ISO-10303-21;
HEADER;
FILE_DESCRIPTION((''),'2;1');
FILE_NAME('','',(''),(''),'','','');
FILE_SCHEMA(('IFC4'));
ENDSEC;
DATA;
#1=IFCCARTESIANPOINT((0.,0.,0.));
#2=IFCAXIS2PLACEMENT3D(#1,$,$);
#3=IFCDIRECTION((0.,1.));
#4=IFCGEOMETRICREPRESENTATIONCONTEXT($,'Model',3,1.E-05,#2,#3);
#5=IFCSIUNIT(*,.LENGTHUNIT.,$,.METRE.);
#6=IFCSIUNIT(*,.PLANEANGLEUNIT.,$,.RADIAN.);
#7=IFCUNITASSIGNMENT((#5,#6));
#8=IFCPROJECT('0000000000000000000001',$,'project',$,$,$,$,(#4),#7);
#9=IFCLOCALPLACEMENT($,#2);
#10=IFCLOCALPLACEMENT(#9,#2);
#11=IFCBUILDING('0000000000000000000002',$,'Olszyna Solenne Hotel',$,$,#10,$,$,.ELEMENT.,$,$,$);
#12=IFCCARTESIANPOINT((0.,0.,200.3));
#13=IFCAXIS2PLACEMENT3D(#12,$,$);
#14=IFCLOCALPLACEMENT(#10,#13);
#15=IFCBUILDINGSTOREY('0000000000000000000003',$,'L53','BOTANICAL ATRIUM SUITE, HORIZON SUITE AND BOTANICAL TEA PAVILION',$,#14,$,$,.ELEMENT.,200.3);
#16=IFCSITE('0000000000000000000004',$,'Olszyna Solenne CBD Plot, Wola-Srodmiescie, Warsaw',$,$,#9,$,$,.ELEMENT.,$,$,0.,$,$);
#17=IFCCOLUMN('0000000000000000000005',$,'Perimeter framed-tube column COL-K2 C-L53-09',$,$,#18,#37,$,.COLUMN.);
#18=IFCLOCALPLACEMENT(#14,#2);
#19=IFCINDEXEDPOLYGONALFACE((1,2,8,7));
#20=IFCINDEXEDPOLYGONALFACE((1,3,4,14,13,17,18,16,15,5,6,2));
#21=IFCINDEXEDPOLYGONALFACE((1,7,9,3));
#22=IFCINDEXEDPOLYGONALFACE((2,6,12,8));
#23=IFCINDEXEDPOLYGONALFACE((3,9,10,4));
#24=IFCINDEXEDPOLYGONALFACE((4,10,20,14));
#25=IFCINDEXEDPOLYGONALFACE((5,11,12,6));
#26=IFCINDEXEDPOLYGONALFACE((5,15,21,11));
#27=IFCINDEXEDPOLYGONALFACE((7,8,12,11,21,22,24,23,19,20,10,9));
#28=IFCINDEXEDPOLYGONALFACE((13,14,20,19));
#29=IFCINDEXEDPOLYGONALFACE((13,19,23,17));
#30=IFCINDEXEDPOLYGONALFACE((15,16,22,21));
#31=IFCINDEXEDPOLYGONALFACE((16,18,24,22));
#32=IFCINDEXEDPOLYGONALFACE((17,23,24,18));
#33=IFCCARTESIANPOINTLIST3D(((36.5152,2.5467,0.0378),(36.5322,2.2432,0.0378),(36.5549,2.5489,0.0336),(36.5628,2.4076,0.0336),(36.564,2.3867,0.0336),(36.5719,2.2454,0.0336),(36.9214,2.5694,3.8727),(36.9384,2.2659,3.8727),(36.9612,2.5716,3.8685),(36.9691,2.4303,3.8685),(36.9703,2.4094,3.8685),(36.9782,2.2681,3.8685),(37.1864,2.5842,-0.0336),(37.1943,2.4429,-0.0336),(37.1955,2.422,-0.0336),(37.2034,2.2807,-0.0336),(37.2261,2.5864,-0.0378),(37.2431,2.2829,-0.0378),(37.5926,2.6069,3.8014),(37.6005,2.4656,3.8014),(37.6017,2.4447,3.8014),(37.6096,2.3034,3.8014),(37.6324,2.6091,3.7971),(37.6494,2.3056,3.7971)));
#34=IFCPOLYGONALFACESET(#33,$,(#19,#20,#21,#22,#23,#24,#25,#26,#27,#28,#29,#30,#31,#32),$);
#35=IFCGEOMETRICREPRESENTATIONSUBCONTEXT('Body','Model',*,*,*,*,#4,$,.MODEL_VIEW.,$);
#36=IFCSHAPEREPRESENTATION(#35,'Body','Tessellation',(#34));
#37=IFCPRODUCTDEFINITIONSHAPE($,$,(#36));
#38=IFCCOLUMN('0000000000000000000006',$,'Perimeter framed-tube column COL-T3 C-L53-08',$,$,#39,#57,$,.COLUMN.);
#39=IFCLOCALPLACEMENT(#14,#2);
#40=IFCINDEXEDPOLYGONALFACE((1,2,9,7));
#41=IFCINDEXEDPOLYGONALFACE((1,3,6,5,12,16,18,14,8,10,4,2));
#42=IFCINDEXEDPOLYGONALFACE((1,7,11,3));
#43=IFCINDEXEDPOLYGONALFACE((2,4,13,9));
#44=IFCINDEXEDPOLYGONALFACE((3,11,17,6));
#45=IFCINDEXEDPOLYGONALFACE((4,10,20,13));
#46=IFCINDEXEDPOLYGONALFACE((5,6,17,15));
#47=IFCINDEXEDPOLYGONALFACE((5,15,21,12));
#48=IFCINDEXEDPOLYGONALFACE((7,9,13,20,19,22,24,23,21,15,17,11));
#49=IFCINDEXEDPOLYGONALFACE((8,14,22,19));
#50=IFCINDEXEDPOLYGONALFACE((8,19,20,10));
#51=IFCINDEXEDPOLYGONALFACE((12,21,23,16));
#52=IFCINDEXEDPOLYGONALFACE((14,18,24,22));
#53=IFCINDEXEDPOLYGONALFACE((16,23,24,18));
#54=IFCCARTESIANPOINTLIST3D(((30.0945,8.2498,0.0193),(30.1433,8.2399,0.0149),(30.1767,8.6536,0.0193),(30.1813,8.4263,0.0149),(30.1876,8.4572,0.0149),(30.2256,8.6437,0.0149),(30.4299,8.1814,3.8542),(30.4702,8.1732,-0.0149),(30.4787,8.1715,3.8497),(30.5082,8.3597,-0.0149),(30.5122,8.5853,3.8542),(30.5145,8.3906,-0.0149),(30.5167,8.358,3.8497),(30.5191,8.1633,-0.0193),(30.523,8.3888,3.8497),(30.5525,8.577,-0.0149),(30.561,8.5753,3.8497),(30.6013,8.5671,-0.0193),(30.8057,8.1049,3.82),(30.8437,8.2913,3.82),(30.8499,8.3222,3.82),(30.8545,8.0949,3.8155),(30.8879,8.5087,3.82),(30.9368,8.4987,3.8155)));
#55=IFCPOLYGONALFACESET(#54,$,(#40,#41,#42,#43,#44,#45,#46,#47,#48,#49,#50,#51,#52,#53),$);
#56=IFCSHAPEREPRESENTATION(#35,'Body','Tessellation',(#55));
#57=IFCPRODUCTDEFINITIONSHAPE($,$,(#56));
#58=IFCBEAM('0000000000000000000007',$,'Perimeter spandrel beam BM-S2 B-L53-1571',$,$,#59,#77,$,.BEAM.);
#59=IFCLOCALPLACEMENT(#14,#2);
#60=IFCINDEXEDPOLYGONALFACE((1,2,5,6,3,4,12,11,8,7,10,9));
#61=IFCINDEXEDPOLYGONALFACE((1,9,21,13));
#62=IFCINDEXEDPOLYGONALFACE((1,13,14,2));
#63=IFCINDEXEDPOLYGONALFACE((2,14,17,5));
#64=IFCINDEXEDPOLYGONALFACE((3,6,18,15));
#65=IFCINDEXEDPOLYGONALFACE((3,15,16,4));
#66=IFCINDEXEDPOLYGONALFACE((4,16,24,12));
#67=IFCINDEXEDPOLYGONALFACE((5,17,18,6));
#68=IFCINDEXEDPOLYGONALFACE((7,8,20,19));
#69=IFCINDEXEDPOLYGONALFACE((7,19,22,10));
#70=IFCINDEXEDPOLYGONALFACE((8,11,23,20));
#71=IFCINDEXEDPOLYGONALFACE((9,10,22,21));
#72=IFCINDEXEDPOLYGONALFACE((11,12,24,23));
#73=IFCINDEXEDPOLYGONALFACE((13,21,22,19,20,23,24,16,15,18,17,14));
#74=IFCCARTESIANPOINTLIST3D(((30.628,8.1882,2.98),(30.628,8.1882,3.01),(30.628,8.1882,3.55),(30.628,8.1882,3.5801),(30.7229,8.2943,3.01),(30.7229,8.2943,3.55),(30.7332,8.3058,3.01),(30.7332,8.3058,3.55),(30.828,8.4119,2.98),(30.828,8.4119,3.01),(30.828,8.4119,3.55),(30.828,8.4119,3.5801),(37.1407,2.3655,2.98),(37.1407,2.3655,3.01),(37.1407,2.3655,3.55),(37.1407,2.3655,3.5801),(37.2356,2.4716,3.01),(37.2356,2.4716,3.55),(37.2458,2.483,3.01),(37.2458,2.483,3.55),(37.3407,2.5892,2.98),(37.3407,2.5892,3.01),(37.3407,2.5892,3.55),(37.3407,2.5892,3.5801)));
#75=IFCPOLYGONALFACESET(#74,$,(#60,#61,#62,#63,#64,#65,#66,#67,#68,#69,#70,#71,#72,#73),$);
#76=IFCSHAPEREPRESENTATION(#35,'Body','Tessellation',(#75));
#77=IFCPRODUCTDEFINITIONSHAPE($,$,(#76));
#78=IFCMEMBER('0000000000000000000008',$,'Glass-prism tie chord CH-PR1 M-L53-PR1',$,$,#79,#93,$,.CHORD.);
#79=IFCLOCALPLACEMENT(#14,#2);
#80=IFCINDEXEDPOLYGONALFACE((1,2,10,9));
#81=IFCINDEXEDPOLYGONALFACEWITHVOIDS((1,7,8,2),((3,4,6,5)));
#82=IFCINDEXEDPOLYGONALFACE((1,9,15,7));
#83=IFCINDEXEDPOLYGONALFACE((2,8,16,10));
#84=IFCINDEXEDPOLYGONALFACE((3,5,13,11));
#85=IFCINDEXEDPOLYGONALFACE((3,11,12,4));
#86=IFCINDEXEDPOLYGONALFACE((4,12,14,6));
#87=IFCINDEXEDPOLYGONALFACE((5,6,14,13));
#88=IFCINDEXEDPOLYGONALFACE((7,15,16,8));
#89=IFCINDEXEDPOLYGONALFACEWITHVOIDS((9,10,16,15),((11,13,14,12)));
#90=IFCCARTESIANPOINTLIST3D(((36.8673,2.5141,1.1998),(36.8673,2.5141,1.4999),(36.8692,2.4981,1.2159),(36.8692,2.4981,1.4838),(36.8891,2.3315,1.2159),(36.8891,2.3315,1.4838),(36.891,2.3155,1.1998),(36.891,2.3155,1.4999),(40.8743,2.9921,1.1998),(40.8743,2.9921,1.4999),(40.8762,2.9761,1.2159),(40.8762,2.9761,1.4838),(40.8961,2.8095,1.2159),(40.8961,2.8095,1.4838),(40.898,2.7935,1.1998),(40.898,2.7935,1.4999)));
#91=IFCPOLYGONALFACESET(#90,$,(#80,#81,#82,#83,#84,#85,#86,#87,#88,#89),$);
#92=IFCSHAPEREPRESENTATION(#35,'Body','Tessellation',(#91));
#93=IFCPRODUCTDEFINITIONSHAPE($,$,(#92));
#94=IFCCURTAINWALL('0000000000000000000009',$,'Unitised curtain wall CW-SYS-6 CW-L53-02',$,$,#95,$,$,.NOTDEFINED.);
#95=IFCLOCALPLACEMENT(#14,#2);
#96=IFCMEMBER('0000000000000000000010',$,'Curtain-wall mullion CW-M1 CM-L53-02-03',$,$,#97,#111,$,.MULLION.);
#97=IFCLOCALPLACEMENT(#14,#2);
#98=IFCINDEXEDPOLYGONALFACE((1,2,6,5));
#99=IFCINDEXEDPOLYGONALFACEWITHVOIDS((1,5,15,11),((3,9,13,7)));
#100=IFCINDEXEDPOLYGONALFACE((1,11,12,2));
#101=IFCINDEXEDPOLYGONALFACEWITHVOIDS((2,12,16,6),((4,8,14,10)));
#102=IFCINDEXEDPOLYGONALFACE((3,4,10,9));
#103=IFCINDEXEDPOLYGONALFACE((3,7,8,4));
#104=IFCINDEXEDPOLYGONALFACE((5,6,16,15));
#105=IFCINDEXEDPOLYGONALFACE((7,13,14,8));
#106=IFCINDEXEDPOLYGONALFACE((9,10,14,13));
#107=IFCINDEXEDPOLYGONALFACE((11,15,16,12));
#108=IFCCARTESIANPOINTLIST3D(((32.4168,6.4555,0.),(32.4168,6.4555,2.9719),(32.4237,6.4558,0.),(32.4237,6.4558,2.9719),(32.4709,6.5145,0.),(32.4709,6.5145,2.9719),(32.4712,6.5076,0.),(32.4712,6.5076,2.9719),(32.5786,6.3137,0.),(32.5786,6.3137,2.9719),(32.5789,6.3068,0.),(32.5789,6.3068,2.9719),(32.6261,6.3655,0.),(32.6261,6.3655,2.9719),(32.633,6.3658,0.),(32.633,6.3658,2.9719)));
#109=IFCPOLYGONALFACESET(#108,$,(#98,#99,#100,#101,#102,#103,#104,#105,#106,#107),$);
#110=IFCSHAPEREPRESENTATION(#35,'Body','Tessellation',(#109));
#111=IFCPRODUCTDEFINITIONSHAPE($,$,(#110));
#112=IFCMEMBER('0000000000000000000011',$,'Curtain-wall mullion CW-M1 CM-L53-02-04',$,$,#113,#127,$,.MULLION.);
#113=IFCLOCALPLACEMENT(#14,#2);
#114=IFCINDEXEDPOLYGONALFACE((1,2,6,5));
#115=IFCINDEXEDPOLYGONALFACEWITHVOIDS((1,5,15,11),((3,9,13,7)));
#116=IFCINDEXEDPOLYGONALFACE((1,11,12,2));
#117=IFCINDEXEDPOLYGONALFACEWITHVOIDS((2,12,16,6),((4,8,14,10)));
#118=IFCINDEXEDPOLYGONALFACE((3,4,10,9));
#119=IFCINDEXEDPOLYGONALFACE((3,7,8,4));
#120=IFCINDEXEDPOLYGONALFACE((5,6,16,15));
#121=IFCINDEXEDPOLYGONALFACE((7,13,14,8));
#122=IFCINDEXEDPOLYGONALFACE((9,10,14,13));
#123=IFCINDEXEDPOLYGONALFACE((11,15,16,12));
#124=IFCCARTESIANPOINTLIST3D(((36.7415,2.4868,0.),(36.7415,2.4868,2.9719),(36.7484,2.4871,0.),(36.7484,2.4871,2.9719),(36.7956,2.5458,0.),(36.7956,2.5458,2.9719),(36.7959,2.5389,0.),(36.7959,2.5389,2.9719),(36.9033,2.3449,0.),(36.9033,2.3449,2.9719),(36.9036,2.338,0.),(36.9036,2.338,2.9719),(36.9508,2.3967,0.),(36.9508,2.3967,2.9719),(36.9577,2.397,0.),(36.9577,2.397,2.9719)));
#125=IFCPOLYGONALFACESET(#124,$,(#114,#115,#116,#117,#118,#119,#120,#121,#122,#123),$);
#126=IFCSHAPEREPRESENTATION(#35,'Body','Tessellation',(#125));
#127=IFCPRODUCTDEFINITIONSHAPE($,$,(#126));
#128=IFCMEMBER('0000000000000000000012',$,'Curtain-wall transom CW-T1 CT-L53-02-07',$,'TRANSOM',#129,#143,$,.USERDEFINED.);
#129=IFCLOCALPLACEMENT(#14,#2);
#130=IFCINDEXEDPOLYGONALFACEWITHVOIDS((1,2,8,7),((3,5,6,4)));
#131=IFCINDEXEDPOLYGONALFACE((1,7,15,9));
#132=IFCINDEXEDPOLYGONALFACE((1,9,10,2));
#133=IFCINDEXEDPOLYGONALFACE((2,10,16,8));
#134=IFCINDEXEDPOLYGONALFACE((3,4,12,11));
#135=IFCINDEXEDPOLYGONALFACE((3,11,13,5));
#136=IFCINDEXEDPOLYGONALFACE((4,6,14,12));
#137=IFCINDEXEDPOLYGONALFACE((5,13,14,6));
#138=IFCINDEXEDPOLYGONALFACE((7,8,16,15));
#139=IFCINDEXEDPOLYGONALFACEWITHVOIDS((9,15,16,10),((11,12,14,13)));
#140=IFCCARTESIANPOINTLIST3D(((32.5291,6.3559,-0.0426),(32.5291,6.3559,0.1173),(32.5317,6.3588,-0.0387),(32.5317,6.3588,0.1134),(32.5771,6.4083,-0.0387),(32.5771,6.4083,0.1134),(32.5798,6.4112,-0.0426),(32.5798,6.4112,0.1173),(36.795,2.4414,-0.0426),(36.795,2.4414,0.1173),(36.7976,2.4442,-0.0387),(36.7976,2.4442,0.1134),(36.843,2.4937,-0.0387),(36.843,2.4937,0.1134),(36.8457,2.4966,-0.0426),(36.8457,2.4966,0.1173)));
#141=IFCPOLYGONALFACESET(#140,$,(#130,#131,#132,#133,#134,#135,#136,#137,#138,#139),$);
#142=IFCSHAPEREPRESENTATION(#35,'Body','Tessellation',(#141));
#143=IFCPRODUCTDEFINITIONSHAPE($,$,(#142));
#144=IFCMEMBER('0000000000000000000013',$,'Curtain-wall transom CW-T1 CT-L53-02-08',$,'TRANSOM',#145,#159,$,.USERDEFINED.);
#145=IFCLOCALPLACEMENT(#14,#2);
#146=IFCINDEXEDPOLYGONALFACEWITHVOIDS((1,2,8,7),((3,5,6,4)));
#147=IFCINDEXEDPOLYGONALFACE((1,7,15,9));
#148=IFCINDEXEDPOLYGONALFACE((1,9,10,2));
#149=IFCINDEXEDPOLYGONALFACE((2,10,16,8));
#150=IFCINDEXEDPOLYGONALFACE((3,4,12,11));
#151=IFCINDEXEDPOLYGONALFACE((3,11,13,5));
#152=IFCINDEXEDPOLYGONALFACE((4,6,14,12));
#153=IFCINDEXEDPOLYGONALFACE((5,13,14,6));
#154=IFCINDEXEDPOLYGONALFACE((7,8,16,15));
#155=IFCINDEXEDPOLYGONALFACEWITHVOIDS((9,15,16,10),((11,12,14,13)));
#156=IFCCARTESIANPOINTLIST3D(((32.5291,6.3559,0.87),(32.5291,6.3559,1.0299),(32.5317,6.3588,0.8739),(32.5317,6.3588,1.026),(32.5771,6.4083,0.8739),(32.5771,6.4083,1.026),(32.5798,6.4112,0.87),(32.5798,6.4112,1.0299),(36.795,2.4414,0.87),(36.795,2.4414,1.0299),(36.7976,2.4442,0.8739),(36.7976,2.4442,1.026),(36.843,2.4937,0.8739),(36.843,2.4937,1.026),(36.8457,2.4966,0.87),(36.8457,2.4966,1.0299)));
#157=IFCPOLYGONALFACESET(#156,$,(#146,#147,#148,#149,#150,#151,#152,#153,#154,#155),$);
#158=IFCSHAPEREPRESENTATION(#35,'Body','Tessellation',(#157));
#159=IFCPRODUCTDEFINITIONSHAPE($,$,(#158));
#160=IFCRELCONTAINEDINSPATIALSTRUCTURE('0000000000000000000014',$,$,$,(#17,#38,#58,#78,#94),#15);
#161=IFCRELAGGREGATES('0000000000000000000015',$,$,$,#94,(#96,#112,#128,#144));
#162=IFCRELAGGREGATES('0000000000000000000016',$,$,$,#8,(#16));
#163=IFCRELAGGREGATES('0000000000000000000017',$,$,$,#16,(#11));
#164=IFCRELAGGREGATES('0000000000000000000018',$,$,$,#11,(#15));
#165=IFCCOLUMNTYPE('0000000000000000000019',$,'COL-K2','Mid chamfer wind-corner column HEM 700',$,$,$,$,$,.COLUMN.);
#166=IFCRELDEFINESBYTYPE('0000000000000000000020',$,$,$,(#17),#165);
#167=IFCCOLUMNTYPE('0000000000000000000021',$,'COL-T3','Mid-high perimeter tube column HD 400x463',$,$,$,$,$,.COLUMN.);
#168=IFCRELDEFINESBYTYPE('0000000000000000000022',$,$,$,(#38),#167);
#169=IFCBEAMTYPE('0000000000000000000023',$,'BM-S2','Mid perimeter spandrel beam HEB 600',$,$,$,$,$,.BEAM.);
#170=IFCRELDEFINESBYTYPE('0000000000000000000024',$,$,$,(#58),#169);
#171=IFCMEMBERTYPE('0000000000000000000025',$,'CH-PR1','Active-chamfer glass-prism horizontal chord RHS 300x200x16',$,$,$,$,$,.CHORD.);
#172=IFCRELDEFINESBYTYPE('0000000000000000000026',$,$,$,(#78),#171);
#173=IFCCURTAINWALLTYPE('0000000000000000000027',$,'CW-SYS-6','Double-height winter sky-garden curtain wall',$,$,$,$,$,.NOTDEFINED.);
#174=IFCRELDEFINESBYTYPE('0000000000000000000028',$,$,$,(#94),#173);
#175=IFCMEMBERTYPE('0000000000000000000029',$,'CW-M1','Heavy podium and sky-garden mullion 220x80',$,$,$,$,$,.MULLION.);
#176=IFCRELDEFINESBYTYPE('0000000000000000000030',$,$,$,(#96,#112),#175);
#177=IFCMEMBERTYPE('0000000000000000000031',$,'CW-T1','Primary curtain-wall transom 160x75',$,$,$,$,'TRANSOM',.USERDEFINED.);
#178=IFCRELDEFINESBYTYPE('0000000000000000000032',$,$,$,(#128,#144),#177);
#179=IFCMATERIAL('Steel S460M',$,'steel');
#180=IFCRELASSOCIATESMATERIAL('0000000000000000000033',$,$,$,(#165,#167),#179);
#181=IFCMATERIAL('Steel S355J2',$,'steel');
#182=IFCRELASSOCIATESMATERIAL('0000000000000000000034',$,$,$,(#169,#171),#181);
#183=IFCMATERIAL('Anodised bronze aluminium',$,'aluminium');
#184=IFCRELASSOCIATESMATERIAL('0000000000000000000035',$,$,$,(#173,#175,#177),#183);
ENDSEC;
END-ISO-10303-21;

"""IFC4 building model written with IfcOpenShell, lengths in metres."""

from ifc_helpers import new_model, si_unit, direction, frame, origin, origin_2d, place, context, subcontext, project, spatial, hollow_rectangle, i_section, extrude, source, transform, mapped, material, material_profile, profile_set, type_object, element, aggregate, save


model = new_model("IFC4")

# Units and contexts
model_context = context("Model", 3, precision=1e-05, world=origin(), true_north=direction((0.0, 1.0)))
body_context = subcontext(model_context, "Body", "Model", "MODEL_VIEW")
ifc_project = project(units=[si_unit("LENGTHUNIT", "METRE"), si_unit("PLANEANGLEUNIT", "RADIAN")], contexts=[model_context])

# Site, building, storey
site_placement = place(None, origin())
site = spatial("IfcSite", under=ifc_project, at=site_placement, Name="Olszyna Solenne CBD Plot, Wola-Srodmiescie, Warsaw", CompositionType="ELEMENT", RefElevation=0.0)
building_placement = place(site_placement, origin())
building = spatial("IfcBuilding", under=site, at=building_placement, Name="Olszyna Solenne Hotel", CompositionType="ELEMENT")
storey_placement = place(building_placement, frame((0.0, 0.0, 200.3)))
storey = spatial("IfcBuildingStorey", under=building, at=storey_placement, Name="L53", Description="BOTANICAL ATRIUM SUITE, HORIZON SUITE AND BOTANICAL TEA PAVILION", CompositionType="ELEMENT", Elevation=200.3)

# Columns
ifc_material_1 = material(Name="Steel S460M", Category="steel")
ifc_material_profile_1 = material_profile(ifc_material_1, i_section(OverallWidth=0.304, OverallDepth=0.7161, WebThickness=0.021, FlangeThickness=0.04, at=origin_2d()), Name="HEM 700", Category="load-bearing")
ifc_profile_set_1 = profile_set([ifc_material_profile_1], Name="Steel S460M")
column_type_1 = type_object("IfcColumnType", Name="COL-K2", Description="Mid chamfer wind-corner column HEM 700", PredefinedType="COLUMN", material=ifc_profile_set_1)
shared_shape_1 = source(origin(), body_context, "Body", "SweptSolid", [
    extrude(i_section(OverallWidth=0.304, OverallDepth=0.7161, WebThickness=0.021, FlangeThickness=0.04, at=origin_2d()), origin(), (0.0, 0.0, 1.0), 3.8564),
])
column_1_placement = place(storey_placement, frame((36.8792, 2.4148, 0.0), z_axis=(0.105342, 0.005888, 0.994419), x_axis=(-0.055802, 0.998442, 0.0)))
element("IfcColumn", 1, at=column_1_placement, inside=storey, type_object=column_type_1, Name="Perimeter framed-tube column COL-K2 C-L53-09", PredefinedType="COLUMN", context=body_context, shape_type="MappedRepresentation", body=[
    mapped(shared_shape_1, transform((0.0, 0.0, 0.0), x_axis=(1.0, 0.0, 0.0), y_axis=(0.0, 1.0, 0.0), z_axis=(0.0, 0.0, 1.0), scale=1.0)),
])
ifc_material_profile_2 = material_profile(ifc_material_1, i_section(OverallWidth=0.4121, OverallDepth=0.4351, WebThickness=0.0315, FlangeThickness=0.05, at=origin_2d()), Name="HD 400x463", Category="load-bearing")
ifc_profile_set_2 = profile_set([ifc_material_profile_2], Name="Steel S460M")
column_type_2 = type_object("IfcColumnType", Name="COL-T3", Description="Mid-high perimeter tube column HD 400x463", PredefinedType="COLUMN", material=ifc_profile_set_2)
shared_shape_2 = source(origin(), body_context, "Body", "SweptSolid", [
    extrude(i_section(OverallWidth=0.4121, OverallDepth=0.4351, WebThickness=0.0315, FlangeThickness=0.05, at=origin_2d()), origin(), (0.0, 0.0, 1.0), 3.8501),
])
column_2_placement = place(storey_placement, frame((30.3479, 8.4084, 0.0), z_axis=(0.087125, -0.017755, 0.996039), x_axis=(0.199681, 0.979861, 0.0)))
element("IfcColumn", 2, at=column_2_placement, inside=storey, type_object=column_type_2, Name="Perimeter framed-tube column COL-T3 C-L53-08", PredefinedType="COLUMN", context=body_context, shape_type="MappedRepresentation", body=[
    mapped(shared_shape_2, transform((0.0, 0.0, 0.0), x_axis=(1.0, 0.0, 0.0), y_axis=(0.0, 1.0, 0.0), z_axis=(0.0, 0.0, 1.0), scale=1.0)),
])

# Beam
ifc_material_2 = material(Name="Steel S355J2", Category="steel")
ifc_material_profile_3 = material_profile(ifc_material_2, i_section(OverallWidth=0.3, OverallDepth=0.6001, WebThickness=0.0154, FlangeThickness=0.03, at=origin_2d()), Name="HEB 600", Category="load-bearing")
ifc_profile_set_3 = profile_set([ifc_material_profile_3], Name="Steel S355J2")
beam_type = type_object("IfcBeamType", Name="BM-S2", Description="Mid perimeter spandrel beam HEB 600", PredefinedType="BEAM", material=ifc_profile_set_3)
shared_shape_3 = source(origin(), body_context, "Body", "SweptSolid", [
    extrude(i_section(OverallWidth=0.3, OverallDepth=0.6001, WebThickness=0.0154, FlangeThickness=0.03, at=origin_2d()), origin(), (0.0, 0.0, 1.0), 8.7361),
])
beam_placement = place(storey_placement, frame((30.728, 8.3, 3.28), z_axis=(0.745491, -0.666515, 0.0), x_axis=(0.666515, 0.745491, 0.0)))
element("IfcBeam", 3, at=beam_placement, inside=storey, type_object=beam_type, Name="Perimeter spandrel beam BM-S2 B-L53-1571", PredefinedType="BEAM", context=body_context, shape_type="MappedRepresentation", body=[
    mapped(shared_shape_3, transform((0.0, 0.0, 0.0), x_axis=(1.0, 0.0, 0.0), y_axis=(0.0, 1.0, 0.0), z_axis=(0.0, 0.0, 1.0), scale=1.0)),
])

# Member
ifc_material_profile_4 = material_profile(ifc_material_2, hollow_rectangle(XDim=0.2, YDim=0.3, WallThickness=0.0161, at=origin_2d()), Name="RHS 300x200x16", Category="load-bearing")
ifc_profile_set_4 = profile_set([ifc_material_profile_4], Name="Steel S355J2")
member_type_1 = type_object("IfcMemberType", Name="CH-PR1", Description="Active-chamfer glass-prism horizontal chord RHS 300x200x16", PredefinedType="CHORD", material=ifc_profile_set_4)
shared_shape_4 = source(origin(), body_context, "Body", "SweptSolid", [
    extrude(hollow_rectangle(XDim=0.2, YDim=0.3, WallThickness=0.0161, at=origin_2d()), origin(), (0.0, 0.0, 1.0), 4.0354),
])
member_1_placement = place(storey_placement, frame((36.8792, 2.4148, 1.3499), z_axis=(0.992959, 0.118456, 0.0), x_axis=(-0.118456, 0.992959, 0.0)))
element("IfcMember", 4, at=member_1_placement, inside=storey, type_object=member_type_1, Name="Glass-prism tie chord CH-PR1 M-L53-PR1", PredefinedType="CHORD", context=body_context, shape_type="MappedRepresentation", body=[
    mapped(shared_shape_4, transform((0.0, 0.0, 0.0), x_axis=(1.0, 0.0, 0.0), y_axis=(0.0, 1.0, 0.0), z_axis=(0.0, 0.0, 1.0), scale=1.0)),
])

# Curtain wall, members
ifc_material_3 = material(Name="Anodised bronze aluminium", Category="aluminium")
curtain_wall_type = type_object("IfcCurtainWallType", Name="CW-SYS-6", Description="Double-height winter sky-garden curtain wall", PredefinedType="NOTDEFINED", material=ifc_material_3)
curtain_wall_placement = place(storey_placement, origin())
curtain_wall = element("IfcCurtainWall", 5, at=curtain_wall_placement, inside=storey, type_object=curtain_wall_type, Name="Unitised curtain wall CW-SYS-6 CW-L53-02", PredefinedType="NOTDEFINED")
ifc_material_profile_5 = material_profile(ifc_material_3, hollow_rectangle(XDim=0.0801, YDim=0.22, WallThickness=0.0049, at=origin_2d()), Name="MULL 220x80x5", Category="load-bearing")
ifc_profile_set_5 = profile_set([ifc_material_profile_5], Name="Anodised bronze aluminium")
member_type_2 = type_object("IfcMemberType", Name="CW-M1", Description="Heavy podium and sky-garden mullion 220x80", PredefinedType="MULLION", material=ifc_profile_set_5)
shared_shape_5 = source(origin(), body_context, "Body", "SweptSolid", [
    extrude(hollow_rectangle(XDim=0.0801, YDim=0.22, WallThickness=0.0049, at=origin_2d()), origin(), (0.0, 0.0, 1.0), 2.9719),
])
member_2_placement = place(storey_placement, frame((32.5249, 6.4106, 0.0), z_axis=(0.0, 0.0, 1.0), x_axis=(0.676128, 0.736784, 0.0)))
member_2 = element("IfcMember", 6, at=member_2_placement, type_object=member_type_2, Name="Curtain-wall mullion CW-M1 CM-L53-02-03", PredefinedType="MULLION", context=body_context, shape_type="MappedRepresentation", body=[
    mapped(shared_shape_5, transform((0.0, 0.0, 0.0), x_axis=(1.0, 0.0, 0.0), y_axis=(0.0, 1.0, 0.0), z_axis=(0.0, 0.0, 1.0), scale=1.0)),
])
member_3_placement = place(storey_placement, frame((36.8496, 2.4419, 0.0), z_axis=(0.0, 0.0, 1.0), x_axis=(0.676128, 0.736784, 0.0)))
member_3 = element("IfcMember", 7, at=member_3_placement, type_object=member_type_2, Name="Curtain-wall mullion CW-M1 CM-L53-02-04", PredefinedType="MULLION", context=body_context, shape_type="MappedRepresentation", body=[
    mapped(shared_shape_5, transform((0.0, 0.0, 0.0), x_axis=(1.0, 0.0, 0.0), y_axis=(0.0, 1.0, 0.0), z_axis=(0.0, 0.0, 1.0), scale=1.0)),
])
ifc_material_profile_6 = material_profile(ifc_material_3, hollow_rectangle(XDim=0.075, YDim=0.1599, WallThickness=0.0039, at=origin_2d()), Name="TRAN 160x75x4", Category="load-bearing")
ifc_profile_set_6 = profile_set([ifc_material_profile_6], Name="Anodised bronze aluminium")
member_type_3 = type_object("IfcMemberType", Name="CW-T1", Description="Primary curtain-wall transom 160x75", ElementType="TRANSOM", PredefinedType="USERDEFINED", material=ifc_profile_set_6)
shared_shape_6 = source(origin(), body_context, "Body", "SweptSolid", [
    extrude(hollow_rectangle(XDim=0.075, YDim=0.1599, WallThickness=0.0039, at=origin_2d()), origin(), (0.0, 0.0, 1.0), 5.7898),
])
member_4_placement = place(storey_placement, frame((32.5544, 6.3835, 0.0374), z_axis=(0.736795, -0.676116, 0.0), x_axis=(0.676116, 0.736795, 0.0)))
member_4 = element("IfcMember", 8, at=member_4_placement, type_object=member_type_3, Name="Curtain-wall transom CW-T1 CT-L53-02-07", ObjectType="TRANSOM", PredefinedType="USERDEFINED", context=body_context, shape_type="MappedRepresentation", body=[
    mapped(shared_shape_6, transform((0.0, 0.0, 0.0), x_axis=(1.0, 0.0, 0.0), y_axis=(0.0, 1.0, 0.0), z_axis=(0.0, 0.0, 1.0), scale=1.0)),
])
member_5_placement = place(storey_placement, frame((32.5544, 6.3835, 0.95), z_axis=(0.736795, -0.676116, 0.0), x_axis=(0.676116, 0.736795, 0.0)))
member_5 = element("IfcMember", 9, at=member_5_placement, type_object=member_type_3, Name="Curtain-wall transom CW-T1 CT-L53-02-08", ObjectType="TRANSOM", PredefinedType="USERDEFINED", context=body_context, shape_type="MappedRepresentation", body=[
    mapped(shared_shape_6, transform((0.0, 0.0, 0.0), x_axis=(1.0, 0.0, 0.0), y_axis=(0.0, 1.0, 0.0), z_axis=(0.0, 0.0, 1.0), scale=1.0)),
])

aggregate(curtain_wall, [member_2, member_3, member_4, member_5])

save(model, "model.ifc")
